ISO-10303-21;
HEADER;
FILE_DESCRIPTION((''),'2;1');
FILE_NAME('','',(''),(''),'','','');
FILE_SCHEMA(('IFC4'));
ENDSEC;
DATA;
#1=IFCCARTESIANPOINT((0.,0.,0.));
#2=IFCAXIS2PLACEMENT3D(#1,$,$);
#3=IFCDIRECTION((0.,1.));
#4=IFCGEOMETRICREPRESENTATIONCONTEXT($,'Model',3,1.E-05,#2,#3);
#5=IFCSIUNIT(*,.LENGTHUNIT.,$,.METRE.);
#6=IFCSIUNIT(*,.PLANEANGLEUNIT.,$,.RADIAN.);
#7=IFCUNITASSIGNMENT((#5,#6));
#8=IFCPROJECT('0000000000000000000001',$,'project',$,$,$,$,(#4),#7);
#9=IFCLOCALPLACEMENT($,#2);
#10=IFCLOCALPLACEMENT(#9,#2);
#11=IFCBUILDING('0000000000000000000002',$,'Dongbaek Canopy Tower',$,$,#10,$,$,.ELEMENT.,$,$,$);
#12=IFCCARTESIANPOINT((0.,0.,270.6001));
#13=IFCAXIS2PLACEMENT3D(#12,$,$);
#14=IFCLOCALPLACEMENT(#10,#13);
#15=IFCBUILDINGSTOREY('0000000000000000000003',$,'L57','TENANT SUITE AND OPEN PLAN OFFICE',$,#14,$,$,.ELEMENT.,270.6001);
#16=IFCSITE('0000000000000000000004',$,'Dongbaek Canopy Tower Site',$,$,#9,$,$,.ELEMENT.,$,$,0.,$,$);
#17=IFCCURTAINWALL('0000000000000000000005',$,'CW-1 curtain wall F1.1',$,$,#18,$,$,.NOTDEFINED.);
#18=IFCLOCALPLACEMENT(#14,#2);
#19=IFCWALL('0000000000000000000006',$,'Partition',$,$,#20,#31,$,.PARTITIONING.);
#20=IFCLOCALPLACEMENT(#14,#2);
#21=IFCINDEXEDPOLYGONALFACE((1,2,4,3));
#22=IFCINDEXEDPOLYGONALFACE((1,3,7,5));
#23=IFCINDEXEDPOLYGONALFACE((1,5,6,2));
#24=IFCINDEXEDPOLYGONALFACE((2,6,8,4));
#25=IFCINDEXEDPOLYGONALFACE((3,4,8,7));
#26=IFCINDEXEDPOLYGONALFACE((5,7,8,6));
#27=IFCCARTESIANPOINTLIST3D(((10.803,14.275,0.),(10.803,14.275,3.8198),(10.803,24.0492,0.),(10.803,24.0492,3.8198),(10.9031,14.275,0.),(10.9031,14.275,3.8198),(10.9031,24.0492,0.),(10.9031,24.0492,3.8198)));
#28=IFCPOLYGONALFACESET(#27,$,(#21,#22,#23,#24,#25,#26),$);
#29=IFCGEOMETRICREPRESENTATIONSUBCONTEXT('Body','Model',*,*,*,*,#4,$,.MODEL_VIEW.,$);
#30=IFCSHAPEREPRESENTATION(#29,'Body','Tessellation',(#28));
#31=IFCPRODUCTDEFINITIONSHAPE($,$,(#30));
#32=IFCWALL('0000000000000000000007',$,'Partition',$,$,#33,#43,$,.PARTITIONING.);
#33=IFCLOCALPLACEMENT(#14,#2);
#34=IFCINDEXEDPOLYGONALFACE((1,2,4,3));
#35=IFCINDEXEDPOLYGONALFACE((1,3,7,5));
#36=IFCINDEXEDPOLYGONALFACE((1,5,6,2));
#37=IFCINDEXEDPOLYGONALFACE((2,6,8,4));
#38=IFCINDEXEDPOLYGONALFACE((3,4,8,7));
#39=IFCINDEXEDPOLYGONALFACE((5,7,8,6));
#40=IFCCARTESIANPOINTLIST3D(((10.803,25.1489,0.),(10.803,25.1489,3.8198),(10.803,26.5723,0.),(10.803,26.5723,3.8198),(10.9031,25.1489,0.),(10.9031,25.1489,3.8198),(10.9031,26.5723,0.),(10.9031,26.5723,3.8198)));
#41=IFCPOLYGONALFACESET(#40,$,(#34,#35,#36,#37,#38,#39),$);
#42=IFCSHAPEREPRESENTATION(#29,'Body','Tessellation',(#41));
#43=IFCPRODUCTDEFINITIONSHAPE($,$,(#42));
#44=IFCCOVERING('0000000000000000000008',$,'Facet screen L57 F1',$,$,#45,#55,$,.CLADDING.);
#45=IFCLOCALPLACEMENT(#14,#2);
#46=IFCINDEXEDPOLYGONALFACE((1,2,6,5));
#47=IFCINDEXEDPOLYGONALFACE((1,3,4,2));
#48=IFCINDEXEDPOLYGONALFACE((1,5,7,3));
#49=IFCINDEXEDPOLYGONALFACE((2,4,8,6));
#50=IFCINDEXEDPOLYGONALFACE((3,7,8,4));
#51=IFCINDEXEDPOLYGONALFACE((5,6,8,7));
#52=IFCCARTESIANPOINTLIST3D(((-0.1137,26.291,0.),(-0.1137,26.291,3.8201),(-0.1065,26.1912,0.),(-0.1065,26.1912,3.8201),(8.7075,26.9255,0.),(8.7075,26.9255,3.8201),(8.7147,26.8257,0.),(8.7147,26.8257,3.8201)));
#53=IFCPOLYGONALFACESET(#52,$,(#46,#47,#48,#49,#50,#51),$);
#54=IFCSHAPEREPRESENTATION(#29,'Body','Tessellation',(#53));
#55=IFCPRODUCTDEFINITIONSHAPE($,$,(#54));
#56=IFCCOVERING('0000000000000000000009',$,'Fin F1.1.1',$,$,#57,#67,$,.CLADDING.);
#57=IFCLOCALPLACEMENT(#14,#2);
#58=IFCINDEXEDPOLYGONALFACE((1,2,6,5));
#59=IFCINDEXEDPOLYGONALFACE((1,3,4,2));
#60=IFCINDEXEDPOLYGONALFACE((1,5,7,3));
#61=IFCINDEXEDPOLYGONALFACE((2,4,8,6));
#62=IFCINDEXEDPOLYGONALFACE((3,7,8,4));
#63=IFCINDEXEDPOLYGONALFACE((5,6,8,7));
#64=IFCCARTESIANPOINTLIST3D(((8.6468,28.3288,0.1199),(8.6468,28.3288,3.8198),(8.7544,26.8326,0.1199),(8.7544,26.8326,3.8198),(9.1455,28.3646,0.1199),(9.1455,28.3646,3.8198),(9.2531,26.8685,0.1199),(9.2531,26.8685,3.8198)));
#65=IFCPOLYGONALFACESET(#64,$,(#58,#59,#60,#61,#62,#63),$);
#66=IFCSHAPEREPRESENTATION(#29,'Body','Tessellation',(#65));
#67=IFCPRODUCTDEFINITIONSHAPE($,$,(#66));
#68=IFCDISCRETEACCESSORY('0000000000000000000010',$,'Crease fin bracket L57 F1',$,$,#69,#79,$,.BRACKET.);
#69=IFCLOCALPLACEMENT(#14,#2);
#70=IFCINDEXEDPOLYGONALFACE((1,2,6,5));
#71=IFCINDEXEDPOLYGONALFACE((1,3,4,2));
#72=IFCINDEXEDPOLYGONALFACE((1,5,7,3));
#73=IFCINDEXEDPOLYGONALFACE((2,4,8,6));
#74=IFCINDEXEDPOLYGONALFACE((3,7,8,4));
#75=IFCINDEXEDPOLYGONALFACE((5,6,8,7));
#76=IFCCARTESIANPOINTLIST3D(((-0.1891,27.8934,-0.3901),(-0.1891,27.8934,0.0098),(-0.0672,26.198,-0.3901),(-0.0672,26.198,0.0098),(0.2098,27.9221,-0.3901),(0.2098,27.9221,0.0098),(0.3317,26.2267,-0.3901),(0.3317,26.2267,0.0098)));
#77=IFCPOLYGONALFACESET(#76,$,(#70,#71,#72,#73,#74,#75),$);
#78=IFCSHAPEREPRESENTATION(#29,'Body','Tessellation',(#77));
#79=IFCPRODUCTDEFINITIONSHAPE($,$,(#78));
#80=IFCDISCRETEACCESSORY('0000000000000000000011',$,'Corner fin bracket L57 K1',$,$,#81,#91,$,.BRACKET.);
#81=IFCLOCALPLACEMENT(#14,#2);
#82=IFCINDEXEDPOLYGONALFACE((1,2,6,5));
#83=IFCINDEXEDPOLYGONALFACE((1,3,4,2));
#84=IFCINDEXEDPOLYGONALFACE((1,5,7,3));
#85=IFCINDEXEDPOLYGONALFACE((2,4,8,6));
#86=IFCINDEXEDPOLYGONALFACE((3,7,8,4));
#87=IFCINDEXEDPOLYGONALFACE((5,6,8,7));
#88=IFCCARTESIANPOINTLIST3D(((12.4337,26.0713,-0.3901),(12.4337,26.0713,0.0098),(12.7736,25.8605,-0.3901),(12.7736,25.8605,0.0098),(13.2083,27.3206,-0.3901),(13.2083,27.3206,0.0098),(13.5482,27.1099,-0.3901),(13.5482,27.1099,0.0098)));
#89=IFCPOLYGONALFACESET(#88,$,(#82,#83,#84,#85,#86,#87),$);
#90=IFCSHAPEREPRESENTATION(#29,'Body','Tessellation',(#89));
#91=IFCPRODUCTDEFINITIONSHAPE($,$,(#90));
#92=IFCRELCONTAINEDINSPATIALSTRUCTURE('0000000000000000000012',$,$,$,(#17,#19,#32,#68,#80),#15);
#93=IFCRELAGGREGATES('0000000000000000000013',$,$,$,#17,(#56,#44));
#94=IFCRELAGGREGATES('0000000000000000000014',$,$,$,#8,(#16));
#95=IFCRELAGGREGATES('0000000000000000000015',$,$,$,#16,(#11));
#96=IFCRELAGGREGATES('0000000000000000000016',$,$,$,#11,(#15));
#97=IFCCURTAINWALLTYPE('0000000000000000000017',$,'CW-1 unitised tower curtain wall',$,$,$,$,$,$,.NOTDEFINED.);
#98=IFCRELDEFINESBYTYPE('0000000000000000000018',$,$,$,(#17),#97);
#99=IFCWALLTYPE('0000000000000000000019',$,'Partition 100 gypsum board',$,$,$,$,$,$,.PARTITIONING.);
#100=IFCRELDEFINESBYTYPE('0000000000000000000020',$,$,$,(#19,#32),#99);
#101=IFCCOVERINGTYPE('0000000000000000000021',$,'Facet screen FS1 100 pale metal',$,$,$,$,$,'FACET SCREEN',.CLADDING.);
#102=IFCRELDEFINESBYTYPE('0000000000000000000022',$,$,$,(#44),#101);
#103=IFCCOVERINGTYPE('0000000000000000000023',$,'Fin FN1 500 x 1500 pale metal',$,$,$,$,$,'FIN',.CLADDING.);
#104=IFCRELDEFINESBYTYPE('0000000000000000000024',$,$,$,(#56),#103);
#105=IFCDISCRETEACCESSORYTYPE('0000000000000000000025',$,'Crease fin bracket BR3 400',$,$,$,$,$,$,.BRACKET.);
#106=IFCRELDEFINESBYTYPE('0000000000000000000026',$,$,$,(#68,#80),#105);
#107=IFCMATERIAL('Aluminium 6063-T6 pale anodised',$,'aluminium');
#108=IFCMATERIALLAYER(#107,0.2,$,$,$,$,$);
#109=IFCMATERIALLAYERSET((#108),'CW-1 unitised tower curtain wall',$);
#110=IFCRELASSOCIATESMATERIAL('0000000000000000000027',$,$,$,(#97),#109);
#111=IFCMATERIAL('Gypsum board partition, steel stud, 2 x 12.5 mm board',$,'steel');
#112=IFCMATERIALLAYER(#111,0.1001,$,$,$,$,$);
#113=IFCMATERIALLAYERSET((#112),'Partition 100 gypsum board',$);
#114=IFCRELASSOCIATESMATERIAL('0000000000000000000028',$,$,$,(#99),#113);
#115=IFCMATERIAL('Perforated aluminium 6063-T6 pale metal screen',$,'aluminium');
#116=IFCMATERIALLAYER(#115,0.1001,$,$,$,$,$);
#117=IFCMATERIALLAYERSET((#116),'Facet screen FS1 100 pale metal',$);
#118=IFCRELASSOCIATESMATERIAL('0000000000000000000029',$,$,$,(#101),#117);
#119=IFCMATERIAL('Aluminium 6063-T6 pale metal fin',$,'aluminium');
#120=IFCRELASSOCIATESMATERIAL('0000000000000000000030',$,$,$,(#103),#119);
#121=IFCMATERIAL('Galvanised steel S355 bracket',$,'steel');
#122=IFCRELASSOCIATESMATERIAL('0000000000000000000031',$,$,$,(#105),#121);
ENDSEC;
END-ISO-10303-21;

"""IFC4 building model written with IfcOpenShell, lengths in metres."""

from ifc_helpers import new_model, si_unit, direction, frame, frame_2d, origin, origin_2d, place, context, subcontext, project, spatial, rectangle, extrude, material, layer, layer_set, material_profile, profile_set, type_object, element, aggregate, save


model = new_model("IFC4")

# Units and contexts
model_context = context("Model", 3, precision=1e-05, world=origin(), true_north=direction((0.0, 1.0)))
body_context = subcontext(model_context, "Body", "Model", "MODEL_VIEW")
ifc_project = project(units=[si_unit("LENGTHUNIT", "METRE"), si_unit("PLANEANGLEUNIT", "RADIAN")], contexts=[model_context])

# Site, building, storey
site_placement = place(None, origin())
site = spatial("IfcSite", under=ifc_project, at=site_placement, Name="Dongbaek Canopy Tower Site", CompositionType="ELEMENT", RefElevation=0.0)
building_placement = place(site_placement, origin())
building = spatial("IfcBuilding", under=site, at=building_placement, Name="Dongbaek Canopy Tower", CompositionType="ELEMENT")
storey_placement = place(building_placement, frame((0.0, 0.0, 270.6001)))
storey = spatial("IfcBuildingStorey", under=building, at=storey_placement, Name="L57", Description="TENANT SUITE AND OPEN PLAN OFFICE", CompositionType="ELEMENT", Elevation=270.6001)

# Curtain wall
ifc_material_1 = material(Name="Aluminium 6063-T6 pale anodised", Category="aluminium")
ifc_layer_1 = layer(ifc_material_1, 0.2)
ifc_layer_set_1 = layer_set([ifc_layer_1], Name="CW-1 unitised tower curtain wall")
curtain_wall_type = type_object("IfcCurtainWallType", Name="CW-1 unitised tower curtain wall", PredefinedType="NOTDEFINED", material=ifc_layer_set_1)
curtain_wall_1_placement = place(storey_placement, origin())
curtain_wall_1 = element("IfcCurtainWall", 1, at=curtain_wall_1_placement, inside=storey, type_object=curtain_wall_type, Name="CW-1 curtain wall F1.1", PredefinedType="NOTDEFINED")

# Walls
ifc_material_2 = material(Name="Gypsum board partition, steel stud, 2 x 12.5 mm board", Category="steel")
ifc_layer_2 = layer(ifc_material_2, 0.1001)
ifc_layer_set_2 = layer_set([ifc_layer_2], Name="Partition 100 gypsum board")
wall_type = type_object("IfcWallType", Name="Partition 100 gypsum board", PredefinedType="PARTITIONING", material=ifc_layer_set_2)
wall_1_placement = place(storey_placement, frame((10.853, 14.2749, 0.0), z_axis=(0.0, 0.0, 1.0), x_axis=(0.0, 1.0, 0.0)))
element("IfcWall", 2, at=wall_1_placement, inside=storey, type_object=wall_type, Name="Partition", PredefinedType="PARTITIONING", context=body_context, shape_type="SweptSolid", body=[
    extrude(rectangle(XDim=9.7742, YDim=0.1001, at=frame_2d((4.8872, 0.0))), origin(), (0.0, 0.0, 1.0), 3.8198),
])
wall_2_placement = place(storey_placement, frame((10.853, 25.1489, 0.0), z_axis=(0.0, 0.0, 1.0), x_axis=(0.0, 1.0, 0.0)))
element("IfcWall", 3, at=wall_2_placement, inside=storey, type_object=wall_type, Name="Partition", PredefinedType="PARTITIONING", context=body_context, shape_type="SweptSolid", body=[
    extrude(rectangle(XDim=1.4233, YDim=0.1001, at=frame_2d((0.7117, 0.0))), origin(), (0.0, 0.0, 1.0), 3.8198),
])

# Coverings
ifc_material_3 = material(Name="Perforated aluminium 6063-T6 pale metal screen", Category="aluminium")
ifc_layer_3 = layer(ifc_material_3, 0.1001)
ifc_layer_set_3 = layer_set([ifc_layer_3], Name="Facet screen FS1 100 pale metal")
covering_type_1 = type_object("IfcCoveringType", Name="Facet screen FS1 100 pale metal", ElementType="FACET SCREEN", PredefinedType="CLADDING", material=ifc_layer_set_3)
covering_1_placement = place(storey_placement, frame((4.3005, 26.5583, 0.0), z_axis=(0.0, 0.0, 1.0), x_axis=(-0.997423, -0.071745, 0.0)))
covering_1 = element("IfcCovering", 4, at=covering_1_placement, type_object=covering_type_1, Name="Facet screen L57 F1", PredefinedType="CLADDING", context=body_context, shape_type="SweptSolid", body=[
    extrude(rectangle(XDim=8.844, YDim=0.1001, at=origin_2d()), origin(), (0.0, 0.0, 1.0), 3.8201),
])
ifc_material_4 = material(Name="Aluminium 6063-T6 pale metal fin", Category="aluminium")
ifc_material_profile_1 = material_profile(ifc_material_4, rectangle(XDim=1.5, YDim=0.5, at=origin_2d()), Name="Fin FN1 500 x 1500 pale metal")
ifc_profile_set_1 = profile_set([ifc_material_profile_1], Name="Aluminium 6063-T6 pale metal fin")
covering_type_2 = type_object("IfcCoveringType", Name="Fin FN1 500 x 1500 pale metal", ElementType="FIN", PredefinedType="CLADDING", material=ifc_profile_set_1)
covering_2_placement = place(storey_placement, frame((8.95, 27.5986, 0.1199), z_axis=(0.0, 0.0, 1.0), x_axis=(-0.071744, 0.997423, 0.0)))
covering_2 = element("IfcCovering", 5, at=covering_2_placement, type_object=covering_type_2, Name="Fin F1.1.1", PredefinedType="CLADDING", context=body_context, shape_type="SweptSolid", body=[
    extrude(rectangle(XDim=1.5, YDim=0.5, at=origin_2d()), origin(), (0.0, 0.0, 1.0), 3.7),
])
aggregate(curtain_wall_1, [covering_2, covering_1])

# Discrete accessories
ifc_material_5 = material(Name="Galvanised steel S355 bracket", Category="steel")
discrete_accessory_type = type_object("IfcDiscreteAccessoryType", Name="Crease fin bracket BR3 400", PredefinedType="BRACKET", material=ifc_material_5)
discrete_accessory_1_placement = place(storey_placement, frame((0.0713, 27.0601, -0.3901), z_axis=(0.0, 0.0, 1.0), x_axis=(-0.071745, 0.997423, 0.0)))
element("IfcDiscreteAccessory", 6, at=discrete_accessory_1_placement, inside=storey, type_object=discrete_accessory_type, Name="Crease fin bracket L57 F1", PredefinedType="BRACKET", context=body_context, shape_type="SweptSolid", body=[
    extrude(rectangle(XDim=1.6997, YDim=0.3999, at=origin_2d()), origin(), (0.0, 0.0, 1.0), 0.3999),
])
discrete_accessory_2_placement = place(storey_placement, frame((12.991, 26.5906, -0.3901), z_axis=(0.0, 0.0, 1.0), x_axis=(0.526937, 0.849905, 0.0)))
element("IfcDiscreteAccessory", 7, at=discrete_accessory_2_placement, inside=storey, type_object=discrete_accessory_type, Name="Corner fin bracket L57 K1", PredefinedType="BRACKET", context=body_context, shape_type="SweptSolid", body=[
    extrude(rectangle(XDim=1.47, YDim=0.3999, at=origin_2d()), origin(), (0.0, 0.0, 1.0), 0.3999),
])

save(model, "model.ifc")
